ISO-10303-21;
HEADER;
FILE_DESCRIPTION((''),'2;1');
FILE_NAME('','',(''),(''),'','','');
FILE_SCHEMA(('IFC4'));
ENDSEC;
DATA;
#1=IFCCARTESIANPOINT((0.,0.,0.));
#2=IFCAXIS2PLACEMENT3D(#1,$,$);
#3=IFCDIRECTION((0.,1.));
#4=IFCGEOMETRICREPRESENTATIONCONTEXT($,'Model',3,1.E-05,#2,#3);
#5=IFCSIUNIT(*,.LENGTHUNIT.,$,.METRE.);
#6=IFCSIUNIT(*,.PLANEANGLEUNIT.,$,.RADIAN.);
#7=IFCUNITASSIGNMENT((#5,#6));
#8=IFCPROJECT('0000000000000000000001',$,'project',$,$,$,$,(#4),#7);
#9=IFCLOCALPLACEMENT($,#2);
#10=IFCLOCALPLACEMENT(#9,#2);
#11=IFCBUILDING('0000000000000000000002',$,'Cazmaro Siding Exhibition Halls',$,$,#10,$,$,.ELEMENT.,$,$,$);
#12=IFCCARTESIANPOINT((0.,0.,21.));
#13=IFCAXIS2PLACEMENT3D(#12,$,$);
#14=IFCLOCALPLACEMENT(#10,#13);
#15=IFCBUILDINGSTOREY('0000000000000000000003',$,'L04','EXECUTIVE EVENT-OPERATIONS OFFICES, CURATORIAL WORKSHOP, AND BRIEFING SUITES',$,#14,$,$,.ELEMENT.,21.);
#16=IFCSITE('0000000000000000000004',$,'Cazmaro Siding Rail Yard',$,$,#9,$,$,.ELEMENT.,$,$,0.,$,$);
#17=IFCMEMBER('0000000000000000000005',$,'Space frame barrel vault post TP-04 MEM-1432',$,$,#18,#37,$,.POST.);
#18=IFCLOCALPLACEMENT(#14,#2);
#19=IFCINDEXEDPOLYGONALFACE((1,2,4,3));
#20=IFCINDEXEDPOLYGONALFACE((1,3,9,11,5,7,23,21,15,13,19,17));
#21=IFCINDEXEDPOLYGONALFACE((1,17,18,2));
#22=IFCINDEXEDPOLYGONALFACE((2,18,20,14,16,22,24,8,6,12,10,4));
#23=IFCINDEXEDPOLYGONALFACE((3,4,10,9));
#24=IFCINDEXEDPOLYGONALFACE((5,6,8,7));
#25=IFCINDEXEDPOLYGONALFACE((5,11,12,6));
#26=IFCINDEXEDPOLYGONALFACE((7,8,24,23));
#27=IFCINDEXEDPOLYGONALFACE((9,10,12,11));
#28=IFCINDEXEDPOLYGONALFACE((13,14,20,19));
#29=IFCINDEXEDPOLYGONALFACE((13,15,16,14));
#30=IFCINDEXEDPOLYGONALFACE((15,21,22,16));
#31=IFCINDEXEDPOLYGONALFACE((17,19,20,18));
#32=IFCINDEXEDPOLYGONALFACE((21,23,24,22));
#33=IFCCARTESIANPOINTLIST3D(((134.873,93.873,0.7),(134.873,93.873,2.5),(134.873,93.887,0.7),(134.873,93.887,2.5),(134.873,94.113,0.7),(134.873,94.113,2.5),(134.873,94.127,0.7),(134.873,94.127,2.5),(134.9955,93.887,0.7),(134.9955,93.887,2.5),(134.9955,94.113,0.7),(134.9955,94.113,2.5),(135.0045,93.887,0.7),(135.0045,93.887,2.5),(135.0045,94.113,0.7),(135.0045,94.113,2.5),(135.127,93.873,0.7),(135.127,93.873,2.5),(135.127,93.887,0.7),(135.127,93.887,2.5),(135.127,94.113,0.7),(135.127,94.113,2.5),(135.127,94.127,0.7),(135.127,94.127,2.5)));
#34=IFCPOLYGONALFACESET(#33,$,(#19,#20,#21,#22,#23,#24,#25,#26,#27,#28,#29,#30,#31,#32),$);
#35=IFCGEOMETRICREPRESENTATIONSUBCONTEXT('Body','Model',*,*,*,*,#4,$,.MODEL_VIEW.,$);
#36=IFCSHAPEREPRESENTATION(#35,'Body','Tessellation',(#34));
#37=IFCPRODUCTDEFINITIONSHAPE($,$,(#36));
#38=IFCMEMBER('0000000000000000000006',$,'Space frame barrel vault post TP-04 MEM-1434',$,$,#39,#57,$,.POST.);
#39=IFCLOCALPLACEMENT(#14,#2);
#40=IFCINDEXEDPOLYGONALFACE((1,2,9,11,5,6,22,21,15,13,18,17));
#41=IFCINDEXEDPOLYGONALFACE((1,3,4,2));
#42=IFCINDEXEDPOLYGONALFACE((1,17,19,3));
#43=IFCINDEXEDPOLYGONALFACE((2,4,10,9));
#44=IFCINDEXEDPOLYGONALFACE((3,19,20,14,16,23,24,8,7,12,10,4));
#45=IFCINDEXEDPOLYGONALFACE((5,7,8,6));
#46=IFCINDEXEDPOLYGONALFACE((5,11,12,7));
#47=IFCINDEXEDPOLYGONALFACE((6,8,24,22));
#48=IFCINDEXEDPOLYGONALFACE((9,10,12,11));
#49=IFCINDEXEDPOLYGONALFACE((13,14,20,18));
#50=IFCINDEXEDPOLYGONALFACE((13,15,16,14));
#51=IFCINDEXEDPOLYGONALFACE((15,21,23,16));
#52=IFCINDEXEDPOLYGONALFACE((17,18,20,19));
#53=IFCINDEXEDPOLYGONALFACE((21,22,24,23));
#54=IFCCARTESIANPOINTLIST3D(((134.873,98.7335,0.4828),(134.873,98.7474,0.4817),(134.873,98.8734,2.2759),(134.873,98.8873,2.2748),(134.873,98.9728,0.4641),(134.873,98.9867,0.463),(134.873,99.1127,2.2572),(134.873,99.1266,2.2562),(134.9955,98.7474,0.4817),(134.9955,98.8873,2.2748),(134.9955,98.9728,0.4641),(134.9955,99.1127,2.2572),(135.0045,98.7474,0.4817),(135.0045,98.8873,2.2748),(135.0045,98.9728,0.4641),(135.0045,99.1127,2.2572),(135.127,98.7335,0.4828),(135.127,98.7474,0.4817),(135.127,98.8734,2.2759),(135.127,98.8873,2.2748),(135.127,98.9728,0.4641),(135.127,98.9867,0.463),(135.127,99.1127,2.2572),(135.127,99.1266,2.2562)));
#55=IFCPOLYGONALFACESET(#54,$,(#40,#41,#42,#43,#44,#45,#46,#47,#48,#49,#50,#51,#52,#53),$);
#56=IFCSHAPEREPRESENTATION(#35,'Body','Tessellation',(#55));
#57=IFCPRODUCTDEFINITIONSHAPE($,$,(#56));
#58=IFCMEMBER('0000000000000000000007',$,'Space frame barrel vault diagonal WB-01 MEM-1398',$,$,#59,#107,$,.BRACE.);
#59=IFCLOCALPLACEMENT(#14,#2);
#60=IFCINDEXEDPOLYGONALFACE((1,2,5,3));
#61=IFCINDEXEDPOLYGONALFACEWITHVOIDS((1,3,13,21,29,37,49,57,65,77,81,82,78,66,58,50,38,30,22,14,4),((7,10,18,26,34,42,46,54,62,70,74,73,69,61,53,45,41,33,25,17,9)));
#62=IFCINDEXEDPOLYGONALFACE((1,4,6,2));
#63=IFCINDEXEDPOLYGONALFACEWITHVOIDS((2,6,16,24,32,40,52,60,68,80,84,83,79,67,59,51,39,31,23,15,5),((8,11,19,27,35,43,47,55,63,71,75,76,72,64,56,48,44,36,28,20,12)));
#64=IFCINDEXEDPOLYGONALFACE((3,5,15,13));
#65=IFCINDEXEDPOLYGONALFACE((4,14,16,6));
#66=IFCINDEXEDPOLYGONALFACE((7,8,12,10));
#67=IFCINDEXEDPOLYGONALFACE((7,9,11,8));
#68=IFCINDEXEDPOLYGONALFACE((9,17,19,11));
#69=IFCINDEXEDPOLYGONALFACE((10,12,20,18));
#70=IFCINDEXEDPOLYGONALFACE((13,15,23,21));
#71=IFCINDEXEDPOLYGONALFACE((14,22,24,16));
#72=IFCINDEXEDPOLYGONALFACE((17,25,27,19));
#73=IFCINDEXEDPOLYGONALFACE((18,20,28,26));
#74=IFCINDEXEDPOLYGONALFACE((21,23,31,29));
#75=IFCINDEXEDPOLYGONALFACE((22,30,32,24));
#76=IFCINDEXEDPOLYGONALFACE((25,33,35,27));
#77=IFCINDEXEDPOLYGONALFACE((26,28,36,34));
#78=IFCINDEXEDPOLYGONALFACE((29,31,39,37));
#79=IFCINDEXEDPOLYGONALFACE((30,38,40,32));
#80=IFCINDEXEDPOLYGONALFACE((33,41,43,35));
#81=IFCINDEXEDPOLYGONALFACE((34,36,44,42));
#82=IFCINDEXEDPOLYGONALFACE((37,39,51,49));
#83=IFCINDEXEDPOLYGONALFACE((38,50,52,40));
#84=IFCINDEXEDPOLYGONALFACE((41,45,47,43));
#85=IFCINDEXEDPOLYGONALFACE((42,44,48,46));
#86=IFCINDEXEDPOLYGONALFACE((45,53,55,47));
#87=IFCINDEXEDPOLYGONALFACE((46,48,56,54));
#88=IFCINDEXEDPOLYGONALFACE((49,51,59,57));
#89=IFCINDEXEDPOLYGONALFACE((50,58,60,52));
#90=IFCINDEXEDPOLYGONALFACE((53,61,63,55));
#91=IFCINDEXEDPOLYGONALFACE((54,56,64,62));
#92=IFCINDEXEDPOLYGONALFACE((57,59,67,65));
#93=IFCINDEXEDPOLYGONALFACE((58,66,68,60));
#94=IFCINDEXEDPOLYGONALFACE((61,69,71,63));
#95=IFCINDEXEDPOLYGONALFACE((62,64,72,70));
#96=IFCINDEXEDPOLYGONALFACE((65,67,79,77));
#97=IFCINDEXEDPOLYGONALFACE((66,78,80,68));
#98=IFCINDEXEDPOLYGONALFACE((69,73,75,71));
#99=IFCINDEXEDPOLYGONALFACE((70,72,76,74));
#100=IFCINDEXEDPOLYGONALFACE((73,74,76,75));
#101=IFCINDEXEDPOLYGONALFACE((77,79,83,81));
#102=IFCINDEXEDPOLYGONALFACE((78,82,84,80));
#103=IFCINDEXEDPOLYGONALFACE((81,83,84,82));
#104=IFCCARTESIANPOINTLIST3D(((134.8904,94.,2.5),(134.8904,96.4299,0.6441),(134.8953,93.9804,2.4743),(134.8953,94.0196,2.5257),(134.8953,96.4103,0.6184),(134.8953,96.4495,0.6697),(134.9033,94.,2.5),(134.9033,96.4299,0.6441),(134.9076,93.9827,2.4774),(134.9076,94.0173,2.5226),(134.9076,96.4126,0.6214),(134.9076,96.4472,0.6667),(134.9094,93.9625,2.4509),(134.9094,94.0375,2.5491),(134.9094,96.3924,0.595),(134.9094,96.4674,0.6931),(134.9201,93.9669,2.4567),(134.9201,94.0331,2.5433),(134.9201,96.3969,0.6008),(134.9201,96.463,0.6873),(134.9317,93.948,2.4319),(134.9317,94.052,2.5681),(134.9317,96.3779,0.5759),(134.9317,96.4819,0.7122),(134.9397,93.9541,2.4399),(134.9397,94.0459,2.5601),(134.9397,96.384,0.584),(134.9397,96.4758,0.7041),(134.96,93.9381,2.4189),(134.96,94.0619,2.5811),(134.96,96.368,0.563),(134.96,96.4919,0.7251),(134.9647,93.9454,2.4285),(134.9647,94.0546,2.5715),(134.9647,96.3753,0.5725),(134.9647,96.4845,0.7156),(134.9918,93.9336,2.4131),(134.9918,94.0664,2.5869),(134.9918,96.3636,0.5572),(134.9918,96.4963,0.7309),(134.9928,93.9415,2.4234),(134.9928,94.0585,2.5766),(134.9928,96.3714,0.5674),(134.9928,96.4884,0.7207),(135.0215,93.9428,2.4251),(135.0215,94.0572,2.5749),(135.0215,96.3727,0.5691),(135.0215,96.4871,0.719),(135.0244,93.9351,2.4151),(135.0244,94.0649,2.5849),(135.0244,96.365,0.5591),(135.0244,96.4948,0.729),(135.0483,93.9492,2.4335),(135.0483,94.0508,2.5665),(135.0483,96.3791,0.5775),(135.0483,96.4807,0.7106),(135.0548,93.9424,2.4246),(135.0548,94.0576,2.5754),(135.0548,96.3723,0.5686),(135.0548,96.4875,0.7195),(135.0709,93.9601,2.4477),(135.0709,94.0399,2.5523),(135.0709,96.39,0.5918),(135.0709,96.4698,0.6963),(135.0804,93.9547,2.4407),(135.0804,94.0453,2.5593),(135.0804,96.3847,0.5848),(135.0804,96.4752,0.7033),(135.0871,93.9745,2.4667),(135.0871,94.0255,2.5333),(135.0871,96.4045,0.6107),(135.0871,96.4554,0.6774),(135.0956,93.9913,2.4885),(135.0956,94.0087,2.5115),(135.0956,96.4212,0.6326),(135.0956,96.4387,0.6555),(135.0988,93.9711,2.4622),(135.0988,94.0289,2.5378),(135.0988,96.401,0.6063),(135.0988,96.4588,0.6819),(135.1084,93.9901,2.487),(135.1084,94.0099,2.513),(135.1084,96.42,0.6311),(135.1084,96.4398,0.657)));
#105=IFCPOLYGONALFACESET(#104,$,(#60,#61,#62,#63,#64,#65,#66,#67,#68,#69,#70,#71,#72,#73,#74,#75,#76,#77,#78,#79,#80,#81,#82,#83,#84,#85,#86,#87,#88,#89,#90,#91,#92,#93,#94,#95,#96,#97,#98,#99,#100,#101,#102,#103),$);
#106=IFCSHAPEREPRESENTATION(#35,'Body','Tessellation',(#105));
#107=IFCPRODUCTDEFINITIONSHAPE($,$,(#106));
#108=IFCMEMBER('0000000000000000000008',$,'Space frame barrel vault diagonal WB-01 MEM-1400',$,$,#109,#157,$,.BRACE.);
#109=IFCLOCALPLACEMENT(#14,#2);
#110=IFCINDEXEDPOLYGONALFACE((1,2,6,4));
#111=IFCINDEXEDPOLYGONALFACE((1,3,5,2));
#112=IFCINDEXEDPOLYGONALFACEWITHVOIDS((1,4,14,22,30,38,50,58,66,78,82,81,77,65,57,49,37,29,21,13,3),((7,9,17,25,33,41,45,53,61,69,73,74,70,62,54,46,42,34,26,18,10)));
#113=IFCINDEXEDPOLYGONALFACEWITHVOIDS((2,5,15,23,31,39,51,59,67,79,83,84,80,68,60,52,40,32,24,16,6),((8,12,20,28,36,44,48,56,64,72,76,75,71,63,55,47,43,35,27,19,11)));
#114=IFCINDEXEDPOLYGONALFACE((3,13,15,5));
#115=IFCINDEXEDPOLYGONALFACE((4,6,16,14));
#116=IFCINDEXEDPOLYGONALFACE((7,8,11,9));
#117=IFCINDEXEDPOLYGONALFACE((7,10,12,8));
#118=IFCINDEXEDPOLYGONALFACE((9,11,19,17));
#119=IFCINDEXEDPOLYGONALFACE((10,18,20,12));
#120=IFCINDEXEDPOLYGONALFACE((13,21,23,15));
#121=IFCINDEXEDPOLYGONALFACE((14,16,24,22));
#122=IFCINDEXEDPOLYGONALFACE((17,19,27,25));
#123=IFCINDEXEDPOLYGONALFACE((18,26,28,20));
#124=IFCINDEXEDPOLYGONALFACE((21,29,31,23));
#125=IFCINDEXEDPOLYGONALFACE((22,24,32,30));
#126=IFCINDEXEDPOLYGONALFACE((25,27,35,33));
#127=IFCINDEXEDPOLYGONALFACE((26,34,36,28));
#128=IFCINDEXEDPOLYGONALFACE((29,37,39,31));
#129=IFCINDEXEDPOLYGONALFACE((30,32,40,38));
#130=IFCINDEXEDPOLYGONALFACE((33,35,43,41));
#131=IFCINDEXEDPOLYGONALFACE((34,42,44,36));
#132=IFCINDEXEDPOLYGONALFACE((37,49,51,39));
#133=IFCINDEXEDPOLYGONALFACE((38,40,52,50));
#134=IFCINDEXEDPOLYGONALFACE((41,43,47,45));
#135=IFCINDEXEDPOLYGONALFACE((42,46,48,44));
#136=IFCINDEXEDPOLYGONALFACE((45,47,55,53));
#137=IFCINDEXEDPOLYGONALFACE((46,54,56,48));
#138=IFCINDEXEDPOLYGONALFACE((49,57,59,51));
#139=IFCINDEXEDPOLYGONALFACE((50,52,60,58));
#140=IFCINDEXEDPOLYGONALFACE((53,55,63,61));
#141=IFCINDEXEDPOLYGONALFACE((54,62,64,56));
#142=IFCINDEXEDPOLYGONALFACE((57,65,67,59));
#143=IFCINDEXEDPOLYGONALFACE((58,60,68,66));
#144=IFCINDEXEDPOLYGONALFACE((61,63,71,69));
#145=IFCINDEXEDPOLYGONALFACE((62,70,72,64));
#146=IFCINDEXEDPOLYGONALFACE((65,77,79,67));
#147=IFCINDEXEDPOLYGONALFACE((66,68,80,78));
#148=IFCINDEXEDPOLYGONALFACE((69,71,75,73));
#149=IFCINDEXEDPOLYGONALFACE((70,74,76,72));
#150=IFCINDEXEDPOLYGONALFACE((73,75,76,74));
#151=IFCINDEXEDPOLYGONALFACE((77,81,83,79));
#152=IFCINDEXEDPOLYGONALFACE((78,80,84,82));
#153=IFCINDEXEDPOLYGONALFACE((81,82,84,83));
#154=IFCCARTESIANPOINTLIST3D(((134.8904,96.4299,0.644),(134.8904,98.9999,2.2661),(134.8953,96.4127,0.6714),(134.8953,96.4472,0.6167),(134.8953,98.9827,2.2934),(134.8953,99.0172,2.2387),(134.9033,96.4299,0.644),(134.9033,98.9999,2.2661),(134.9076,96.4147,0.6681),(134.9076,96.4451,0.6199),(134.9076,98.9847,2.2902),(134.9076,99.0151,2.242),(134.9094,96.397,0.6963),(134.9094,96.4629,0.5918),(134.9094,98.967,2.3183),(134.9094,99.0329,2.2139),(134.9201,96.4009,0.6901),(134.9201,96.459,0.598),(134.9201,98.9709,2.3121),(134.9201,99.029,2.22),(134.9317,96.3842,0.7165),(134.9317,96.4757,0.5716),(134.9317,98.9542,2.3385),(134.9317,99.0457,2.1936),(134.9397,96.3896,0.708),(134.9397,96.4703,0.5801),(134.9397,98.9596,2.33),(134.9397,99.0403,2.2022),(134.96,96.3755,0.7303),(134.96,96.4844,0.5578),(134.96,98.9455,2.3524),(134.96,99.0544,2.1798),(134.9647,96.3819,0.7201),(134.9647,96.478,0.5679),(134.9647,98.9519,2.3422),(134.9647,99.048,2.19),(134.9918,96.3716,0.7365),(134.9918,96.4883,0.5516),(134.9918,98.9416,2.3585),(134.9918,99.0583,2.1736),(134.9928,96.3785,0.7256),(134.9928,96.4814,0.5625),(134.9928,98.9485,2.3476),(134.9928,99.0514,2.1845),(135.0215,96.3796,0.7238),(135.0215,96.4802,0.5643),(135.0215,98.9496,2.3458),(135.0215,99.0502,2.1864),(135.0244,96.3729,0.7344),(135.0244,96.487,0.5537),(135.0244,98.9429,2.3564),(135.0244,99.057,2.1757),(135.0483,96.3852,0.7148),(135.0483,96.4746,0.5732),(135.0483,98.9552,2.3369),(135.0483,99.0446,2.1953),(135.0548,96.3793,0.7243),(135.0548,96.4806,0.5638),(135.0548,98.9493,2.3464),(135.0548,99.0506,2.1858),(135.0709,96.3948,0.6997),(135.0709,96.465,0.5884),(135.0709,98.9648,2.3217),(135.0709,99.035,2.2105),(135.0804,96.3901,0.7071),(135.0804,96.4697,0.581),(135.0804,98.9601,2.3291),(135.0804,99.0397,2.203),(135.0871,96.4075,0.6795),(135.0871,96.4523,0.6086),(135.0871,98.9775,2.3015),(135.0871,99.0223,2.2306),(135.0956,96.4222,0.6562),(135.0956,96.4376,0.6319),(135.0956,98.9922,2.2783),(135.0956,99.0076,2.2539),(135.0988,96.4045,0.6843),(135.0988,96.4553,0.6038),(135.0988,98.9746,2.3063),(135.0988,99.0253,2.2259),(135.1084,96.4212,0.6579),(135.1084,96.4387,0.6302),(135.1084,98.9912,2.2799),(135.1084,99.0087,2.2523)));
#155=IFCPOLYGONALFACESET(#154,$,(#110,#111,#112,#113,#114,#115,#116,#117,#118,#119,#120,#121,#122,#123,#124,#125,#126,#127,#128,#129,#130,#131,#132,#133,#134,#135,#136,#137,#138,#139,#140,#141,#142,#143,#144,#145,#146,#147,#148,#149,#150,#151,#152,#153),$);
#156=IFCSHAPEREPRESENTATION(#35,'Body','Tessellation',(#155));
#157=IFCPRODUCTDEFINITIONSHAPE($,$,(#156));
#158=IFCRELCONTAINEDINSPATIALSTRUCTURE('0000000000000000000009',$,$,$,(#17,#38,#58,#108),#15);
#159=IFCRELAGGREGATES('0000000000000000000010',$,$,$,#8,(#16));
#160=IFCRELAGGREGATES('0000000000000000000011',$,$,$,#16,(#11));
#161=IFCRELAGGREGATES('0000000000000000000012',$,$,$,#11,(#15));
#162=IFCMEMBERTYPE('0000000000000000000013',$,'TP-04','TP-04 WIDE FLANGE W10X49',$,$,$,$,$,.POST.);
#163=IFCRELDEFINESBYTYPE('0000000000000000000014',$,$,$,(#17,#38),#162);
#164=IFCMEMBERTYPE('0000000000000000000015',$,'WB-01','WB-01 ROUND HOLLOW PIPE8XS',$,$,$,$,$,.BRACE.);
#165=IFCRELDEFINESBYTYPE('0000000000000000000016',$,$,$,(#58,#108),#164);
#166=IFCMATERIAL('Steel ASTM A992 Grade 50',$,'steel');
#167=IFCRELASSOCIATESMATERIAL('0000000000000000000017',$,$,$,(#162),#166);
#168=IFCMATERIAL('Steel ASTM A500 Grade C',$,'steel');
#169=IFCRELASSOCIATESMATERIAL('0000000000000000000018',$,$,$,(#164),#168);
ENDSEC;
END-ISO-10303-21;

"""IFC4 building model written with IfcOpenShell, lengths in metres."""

from ifc_helpers import new_model, si_unit, direction, frame, origin, origin_2d, place, context, subcontext, project, spatial, hollow_circle, i_section, extrude, material, material_profile, profile_set, type_object, element, save


model = new_model("IFC4")

# Units and contexts
model_context = context("Model", 3, precision=1e-05, world=origin(), true_north=direction((0.0, 1.0)))
body_context = subcontext(model_context, "Body", "Model", "MODEL_VIEW")
ifc_project = project(units=[si_unit("LENGTHUNIT", "METRE"), si_unit("PLANEANGLEUNIT", "RADIAN")], contexts=[model_context])

# Site, building, storey
site_placement = place(None, origin())
site = spatial("IfcSite", under=ifc_project, at=site_placement, Name="Cazmaro Siding Rail Yard", CompositionType="ELEMENT", RefElevation=0.0)
building_placement = place(site_placement, origin())
building = spatial("IfcBuilding", under=site, at=building_placement, Name="Cazmaro Siding Exhibition Halls", CompositionType="ELEMENT")
storey_placement = place(building_placement, frame((0.0, 0.0, 21.0)))
storey = spatial("IfcBuildingStorey", under=building, at=storey_placement, Name="L04", Description="EXECUTIVE EVENT-OPERATIONS OFFICES, CURATORIAL WORKSHOP, AND BRIEFING SUITES", CompositionType="ELEMENT", Elevation=21.0)

# Members
ifc_material_1 = material(Name="Steel ASTM A992 Grade 50", Category="steel")
ifc_material_profile_1 = material_profile(ifc_material_1, i_section(OverallWidth=0.2539, OverallDepth=0.2539, WebThickness=0.009, FlangeThickness=0.0139, at=origin_2d()), Name="W10X49")
ifc_profile_set_1 = profile_set([ifc_material_profile_1], Name="Steel ASTM A992 Grade 50")
member_type_1 = type_object("IfcMemberType", Name="TP-04", Description="TP-04 WIDE FLANGE W10X49", PredefinedType="POST", material=ifc_profile_set_1)
member_1_placement = place(storey_placement, frame((135.0, 94.0, 0.7), z_axis=(0.0, 0.0, 1.0), x_axis=(1.0, 0.0, 0.0)))
element("IfcMember", 1, at=member_1_placement, inside=storey, type_object=member_type_1, Name="Space frame barrel vault post TP-04 MEM-1432", PredefinedType="POST", context=body_context, shape_type="SweptSolid", body=[
    extrude(i_section(OverallWidth=0.2539, OverallDepth=0.2539, WebThickness=0.009, FlangeThickness=0.0139, at=origin_2d()), origin(), (0.0, 0.0, 1.0), 1.8),
])
member_2_placement = place(storey_placement, frame((135.0, 98.8601, 0.4729), z_axis=(0.0, 0.077776, 0.996971), x_axis=(-1.0, 0.0, 0.0)))
element("IfcMember", 2, at=member_2_placement, inside=storey, type_object=member_type_1, Name="Space frame barrel vault post TP-04 MEM-1434", PredefinedType="POST", context=body_context, shape_type="SweptSolid", body=[
    extrude(i_section(OverallWidth=0.2539, OverallDepth=0.2539, WebThickness=0.009, FlangeThickness=0.0139, at=origin_2d()), origin(), (0.0, 0.0, 1.0), 1.7986),
])
ifc_material_2 = material(Name="Steel ASTM A500 Grade C", Category="steel")
ifc_material_profile_2 = material_profile(ifc_material_2, hollow_circle(Radius=0.1096, WallThickness=0.0129, at=origin_2d()), Name="PIPE8XS")
ifc_profile_set_2 = profile_set([ifc_material_profile_2], Name="Steel ASTM A500 Grade C")
member_type_2 = type_object("IfcMemberType", Name="WB-01", Description="WB-01 ROUND HOLLOW PIPE8XS", PredefinedType="BRACE", material=ifc_profile_set_2)
member_3_placement = place(storey_placement, frame((135.0, 94.0, 2.5), z_axis=(0.0, 0.794709, -0.606991), x_axis=(-1.0, 0.0, 0.0)))
element("IfcMember", 3, at=member_3_placement, inside=storey, type_object=member_type_2, Name="Space frame barrel vault diagonal WB-01 MEM-1398", PredefinedType="BRACE", context=body_context, shape_type="SweptSolid", body=[
    extrude(hollow_circle(Radius=0.1096, WallThickness=0.0129, at=origin_2d()), origin(), (0.0, 0.0, 1.0), 3.0576),
])
member_4_placement = place(storey_placement, frame((135.0, 96.4299, 0.644), z_axis=(0.0, 0.845657, 0.533727), x_axis=(-1.0, 0.0, 0.0)))
element("IfcMember", 4, at=member_4_placement, inside=storey, type_object=member_type_2, Name="Space frame barrel vault diagonal WB-01 MEM-1400", PredefinedType="BRACE", context=body_context, shape_type="SweptSolid", body=[
    extrude(hollow_circle(Radius=0.1096, WallThickness=0.0129, at=origin_2d()), origin(), (0.0, 0.0, 1.0), 3.0391),
])

save(model, "model.ifc")
